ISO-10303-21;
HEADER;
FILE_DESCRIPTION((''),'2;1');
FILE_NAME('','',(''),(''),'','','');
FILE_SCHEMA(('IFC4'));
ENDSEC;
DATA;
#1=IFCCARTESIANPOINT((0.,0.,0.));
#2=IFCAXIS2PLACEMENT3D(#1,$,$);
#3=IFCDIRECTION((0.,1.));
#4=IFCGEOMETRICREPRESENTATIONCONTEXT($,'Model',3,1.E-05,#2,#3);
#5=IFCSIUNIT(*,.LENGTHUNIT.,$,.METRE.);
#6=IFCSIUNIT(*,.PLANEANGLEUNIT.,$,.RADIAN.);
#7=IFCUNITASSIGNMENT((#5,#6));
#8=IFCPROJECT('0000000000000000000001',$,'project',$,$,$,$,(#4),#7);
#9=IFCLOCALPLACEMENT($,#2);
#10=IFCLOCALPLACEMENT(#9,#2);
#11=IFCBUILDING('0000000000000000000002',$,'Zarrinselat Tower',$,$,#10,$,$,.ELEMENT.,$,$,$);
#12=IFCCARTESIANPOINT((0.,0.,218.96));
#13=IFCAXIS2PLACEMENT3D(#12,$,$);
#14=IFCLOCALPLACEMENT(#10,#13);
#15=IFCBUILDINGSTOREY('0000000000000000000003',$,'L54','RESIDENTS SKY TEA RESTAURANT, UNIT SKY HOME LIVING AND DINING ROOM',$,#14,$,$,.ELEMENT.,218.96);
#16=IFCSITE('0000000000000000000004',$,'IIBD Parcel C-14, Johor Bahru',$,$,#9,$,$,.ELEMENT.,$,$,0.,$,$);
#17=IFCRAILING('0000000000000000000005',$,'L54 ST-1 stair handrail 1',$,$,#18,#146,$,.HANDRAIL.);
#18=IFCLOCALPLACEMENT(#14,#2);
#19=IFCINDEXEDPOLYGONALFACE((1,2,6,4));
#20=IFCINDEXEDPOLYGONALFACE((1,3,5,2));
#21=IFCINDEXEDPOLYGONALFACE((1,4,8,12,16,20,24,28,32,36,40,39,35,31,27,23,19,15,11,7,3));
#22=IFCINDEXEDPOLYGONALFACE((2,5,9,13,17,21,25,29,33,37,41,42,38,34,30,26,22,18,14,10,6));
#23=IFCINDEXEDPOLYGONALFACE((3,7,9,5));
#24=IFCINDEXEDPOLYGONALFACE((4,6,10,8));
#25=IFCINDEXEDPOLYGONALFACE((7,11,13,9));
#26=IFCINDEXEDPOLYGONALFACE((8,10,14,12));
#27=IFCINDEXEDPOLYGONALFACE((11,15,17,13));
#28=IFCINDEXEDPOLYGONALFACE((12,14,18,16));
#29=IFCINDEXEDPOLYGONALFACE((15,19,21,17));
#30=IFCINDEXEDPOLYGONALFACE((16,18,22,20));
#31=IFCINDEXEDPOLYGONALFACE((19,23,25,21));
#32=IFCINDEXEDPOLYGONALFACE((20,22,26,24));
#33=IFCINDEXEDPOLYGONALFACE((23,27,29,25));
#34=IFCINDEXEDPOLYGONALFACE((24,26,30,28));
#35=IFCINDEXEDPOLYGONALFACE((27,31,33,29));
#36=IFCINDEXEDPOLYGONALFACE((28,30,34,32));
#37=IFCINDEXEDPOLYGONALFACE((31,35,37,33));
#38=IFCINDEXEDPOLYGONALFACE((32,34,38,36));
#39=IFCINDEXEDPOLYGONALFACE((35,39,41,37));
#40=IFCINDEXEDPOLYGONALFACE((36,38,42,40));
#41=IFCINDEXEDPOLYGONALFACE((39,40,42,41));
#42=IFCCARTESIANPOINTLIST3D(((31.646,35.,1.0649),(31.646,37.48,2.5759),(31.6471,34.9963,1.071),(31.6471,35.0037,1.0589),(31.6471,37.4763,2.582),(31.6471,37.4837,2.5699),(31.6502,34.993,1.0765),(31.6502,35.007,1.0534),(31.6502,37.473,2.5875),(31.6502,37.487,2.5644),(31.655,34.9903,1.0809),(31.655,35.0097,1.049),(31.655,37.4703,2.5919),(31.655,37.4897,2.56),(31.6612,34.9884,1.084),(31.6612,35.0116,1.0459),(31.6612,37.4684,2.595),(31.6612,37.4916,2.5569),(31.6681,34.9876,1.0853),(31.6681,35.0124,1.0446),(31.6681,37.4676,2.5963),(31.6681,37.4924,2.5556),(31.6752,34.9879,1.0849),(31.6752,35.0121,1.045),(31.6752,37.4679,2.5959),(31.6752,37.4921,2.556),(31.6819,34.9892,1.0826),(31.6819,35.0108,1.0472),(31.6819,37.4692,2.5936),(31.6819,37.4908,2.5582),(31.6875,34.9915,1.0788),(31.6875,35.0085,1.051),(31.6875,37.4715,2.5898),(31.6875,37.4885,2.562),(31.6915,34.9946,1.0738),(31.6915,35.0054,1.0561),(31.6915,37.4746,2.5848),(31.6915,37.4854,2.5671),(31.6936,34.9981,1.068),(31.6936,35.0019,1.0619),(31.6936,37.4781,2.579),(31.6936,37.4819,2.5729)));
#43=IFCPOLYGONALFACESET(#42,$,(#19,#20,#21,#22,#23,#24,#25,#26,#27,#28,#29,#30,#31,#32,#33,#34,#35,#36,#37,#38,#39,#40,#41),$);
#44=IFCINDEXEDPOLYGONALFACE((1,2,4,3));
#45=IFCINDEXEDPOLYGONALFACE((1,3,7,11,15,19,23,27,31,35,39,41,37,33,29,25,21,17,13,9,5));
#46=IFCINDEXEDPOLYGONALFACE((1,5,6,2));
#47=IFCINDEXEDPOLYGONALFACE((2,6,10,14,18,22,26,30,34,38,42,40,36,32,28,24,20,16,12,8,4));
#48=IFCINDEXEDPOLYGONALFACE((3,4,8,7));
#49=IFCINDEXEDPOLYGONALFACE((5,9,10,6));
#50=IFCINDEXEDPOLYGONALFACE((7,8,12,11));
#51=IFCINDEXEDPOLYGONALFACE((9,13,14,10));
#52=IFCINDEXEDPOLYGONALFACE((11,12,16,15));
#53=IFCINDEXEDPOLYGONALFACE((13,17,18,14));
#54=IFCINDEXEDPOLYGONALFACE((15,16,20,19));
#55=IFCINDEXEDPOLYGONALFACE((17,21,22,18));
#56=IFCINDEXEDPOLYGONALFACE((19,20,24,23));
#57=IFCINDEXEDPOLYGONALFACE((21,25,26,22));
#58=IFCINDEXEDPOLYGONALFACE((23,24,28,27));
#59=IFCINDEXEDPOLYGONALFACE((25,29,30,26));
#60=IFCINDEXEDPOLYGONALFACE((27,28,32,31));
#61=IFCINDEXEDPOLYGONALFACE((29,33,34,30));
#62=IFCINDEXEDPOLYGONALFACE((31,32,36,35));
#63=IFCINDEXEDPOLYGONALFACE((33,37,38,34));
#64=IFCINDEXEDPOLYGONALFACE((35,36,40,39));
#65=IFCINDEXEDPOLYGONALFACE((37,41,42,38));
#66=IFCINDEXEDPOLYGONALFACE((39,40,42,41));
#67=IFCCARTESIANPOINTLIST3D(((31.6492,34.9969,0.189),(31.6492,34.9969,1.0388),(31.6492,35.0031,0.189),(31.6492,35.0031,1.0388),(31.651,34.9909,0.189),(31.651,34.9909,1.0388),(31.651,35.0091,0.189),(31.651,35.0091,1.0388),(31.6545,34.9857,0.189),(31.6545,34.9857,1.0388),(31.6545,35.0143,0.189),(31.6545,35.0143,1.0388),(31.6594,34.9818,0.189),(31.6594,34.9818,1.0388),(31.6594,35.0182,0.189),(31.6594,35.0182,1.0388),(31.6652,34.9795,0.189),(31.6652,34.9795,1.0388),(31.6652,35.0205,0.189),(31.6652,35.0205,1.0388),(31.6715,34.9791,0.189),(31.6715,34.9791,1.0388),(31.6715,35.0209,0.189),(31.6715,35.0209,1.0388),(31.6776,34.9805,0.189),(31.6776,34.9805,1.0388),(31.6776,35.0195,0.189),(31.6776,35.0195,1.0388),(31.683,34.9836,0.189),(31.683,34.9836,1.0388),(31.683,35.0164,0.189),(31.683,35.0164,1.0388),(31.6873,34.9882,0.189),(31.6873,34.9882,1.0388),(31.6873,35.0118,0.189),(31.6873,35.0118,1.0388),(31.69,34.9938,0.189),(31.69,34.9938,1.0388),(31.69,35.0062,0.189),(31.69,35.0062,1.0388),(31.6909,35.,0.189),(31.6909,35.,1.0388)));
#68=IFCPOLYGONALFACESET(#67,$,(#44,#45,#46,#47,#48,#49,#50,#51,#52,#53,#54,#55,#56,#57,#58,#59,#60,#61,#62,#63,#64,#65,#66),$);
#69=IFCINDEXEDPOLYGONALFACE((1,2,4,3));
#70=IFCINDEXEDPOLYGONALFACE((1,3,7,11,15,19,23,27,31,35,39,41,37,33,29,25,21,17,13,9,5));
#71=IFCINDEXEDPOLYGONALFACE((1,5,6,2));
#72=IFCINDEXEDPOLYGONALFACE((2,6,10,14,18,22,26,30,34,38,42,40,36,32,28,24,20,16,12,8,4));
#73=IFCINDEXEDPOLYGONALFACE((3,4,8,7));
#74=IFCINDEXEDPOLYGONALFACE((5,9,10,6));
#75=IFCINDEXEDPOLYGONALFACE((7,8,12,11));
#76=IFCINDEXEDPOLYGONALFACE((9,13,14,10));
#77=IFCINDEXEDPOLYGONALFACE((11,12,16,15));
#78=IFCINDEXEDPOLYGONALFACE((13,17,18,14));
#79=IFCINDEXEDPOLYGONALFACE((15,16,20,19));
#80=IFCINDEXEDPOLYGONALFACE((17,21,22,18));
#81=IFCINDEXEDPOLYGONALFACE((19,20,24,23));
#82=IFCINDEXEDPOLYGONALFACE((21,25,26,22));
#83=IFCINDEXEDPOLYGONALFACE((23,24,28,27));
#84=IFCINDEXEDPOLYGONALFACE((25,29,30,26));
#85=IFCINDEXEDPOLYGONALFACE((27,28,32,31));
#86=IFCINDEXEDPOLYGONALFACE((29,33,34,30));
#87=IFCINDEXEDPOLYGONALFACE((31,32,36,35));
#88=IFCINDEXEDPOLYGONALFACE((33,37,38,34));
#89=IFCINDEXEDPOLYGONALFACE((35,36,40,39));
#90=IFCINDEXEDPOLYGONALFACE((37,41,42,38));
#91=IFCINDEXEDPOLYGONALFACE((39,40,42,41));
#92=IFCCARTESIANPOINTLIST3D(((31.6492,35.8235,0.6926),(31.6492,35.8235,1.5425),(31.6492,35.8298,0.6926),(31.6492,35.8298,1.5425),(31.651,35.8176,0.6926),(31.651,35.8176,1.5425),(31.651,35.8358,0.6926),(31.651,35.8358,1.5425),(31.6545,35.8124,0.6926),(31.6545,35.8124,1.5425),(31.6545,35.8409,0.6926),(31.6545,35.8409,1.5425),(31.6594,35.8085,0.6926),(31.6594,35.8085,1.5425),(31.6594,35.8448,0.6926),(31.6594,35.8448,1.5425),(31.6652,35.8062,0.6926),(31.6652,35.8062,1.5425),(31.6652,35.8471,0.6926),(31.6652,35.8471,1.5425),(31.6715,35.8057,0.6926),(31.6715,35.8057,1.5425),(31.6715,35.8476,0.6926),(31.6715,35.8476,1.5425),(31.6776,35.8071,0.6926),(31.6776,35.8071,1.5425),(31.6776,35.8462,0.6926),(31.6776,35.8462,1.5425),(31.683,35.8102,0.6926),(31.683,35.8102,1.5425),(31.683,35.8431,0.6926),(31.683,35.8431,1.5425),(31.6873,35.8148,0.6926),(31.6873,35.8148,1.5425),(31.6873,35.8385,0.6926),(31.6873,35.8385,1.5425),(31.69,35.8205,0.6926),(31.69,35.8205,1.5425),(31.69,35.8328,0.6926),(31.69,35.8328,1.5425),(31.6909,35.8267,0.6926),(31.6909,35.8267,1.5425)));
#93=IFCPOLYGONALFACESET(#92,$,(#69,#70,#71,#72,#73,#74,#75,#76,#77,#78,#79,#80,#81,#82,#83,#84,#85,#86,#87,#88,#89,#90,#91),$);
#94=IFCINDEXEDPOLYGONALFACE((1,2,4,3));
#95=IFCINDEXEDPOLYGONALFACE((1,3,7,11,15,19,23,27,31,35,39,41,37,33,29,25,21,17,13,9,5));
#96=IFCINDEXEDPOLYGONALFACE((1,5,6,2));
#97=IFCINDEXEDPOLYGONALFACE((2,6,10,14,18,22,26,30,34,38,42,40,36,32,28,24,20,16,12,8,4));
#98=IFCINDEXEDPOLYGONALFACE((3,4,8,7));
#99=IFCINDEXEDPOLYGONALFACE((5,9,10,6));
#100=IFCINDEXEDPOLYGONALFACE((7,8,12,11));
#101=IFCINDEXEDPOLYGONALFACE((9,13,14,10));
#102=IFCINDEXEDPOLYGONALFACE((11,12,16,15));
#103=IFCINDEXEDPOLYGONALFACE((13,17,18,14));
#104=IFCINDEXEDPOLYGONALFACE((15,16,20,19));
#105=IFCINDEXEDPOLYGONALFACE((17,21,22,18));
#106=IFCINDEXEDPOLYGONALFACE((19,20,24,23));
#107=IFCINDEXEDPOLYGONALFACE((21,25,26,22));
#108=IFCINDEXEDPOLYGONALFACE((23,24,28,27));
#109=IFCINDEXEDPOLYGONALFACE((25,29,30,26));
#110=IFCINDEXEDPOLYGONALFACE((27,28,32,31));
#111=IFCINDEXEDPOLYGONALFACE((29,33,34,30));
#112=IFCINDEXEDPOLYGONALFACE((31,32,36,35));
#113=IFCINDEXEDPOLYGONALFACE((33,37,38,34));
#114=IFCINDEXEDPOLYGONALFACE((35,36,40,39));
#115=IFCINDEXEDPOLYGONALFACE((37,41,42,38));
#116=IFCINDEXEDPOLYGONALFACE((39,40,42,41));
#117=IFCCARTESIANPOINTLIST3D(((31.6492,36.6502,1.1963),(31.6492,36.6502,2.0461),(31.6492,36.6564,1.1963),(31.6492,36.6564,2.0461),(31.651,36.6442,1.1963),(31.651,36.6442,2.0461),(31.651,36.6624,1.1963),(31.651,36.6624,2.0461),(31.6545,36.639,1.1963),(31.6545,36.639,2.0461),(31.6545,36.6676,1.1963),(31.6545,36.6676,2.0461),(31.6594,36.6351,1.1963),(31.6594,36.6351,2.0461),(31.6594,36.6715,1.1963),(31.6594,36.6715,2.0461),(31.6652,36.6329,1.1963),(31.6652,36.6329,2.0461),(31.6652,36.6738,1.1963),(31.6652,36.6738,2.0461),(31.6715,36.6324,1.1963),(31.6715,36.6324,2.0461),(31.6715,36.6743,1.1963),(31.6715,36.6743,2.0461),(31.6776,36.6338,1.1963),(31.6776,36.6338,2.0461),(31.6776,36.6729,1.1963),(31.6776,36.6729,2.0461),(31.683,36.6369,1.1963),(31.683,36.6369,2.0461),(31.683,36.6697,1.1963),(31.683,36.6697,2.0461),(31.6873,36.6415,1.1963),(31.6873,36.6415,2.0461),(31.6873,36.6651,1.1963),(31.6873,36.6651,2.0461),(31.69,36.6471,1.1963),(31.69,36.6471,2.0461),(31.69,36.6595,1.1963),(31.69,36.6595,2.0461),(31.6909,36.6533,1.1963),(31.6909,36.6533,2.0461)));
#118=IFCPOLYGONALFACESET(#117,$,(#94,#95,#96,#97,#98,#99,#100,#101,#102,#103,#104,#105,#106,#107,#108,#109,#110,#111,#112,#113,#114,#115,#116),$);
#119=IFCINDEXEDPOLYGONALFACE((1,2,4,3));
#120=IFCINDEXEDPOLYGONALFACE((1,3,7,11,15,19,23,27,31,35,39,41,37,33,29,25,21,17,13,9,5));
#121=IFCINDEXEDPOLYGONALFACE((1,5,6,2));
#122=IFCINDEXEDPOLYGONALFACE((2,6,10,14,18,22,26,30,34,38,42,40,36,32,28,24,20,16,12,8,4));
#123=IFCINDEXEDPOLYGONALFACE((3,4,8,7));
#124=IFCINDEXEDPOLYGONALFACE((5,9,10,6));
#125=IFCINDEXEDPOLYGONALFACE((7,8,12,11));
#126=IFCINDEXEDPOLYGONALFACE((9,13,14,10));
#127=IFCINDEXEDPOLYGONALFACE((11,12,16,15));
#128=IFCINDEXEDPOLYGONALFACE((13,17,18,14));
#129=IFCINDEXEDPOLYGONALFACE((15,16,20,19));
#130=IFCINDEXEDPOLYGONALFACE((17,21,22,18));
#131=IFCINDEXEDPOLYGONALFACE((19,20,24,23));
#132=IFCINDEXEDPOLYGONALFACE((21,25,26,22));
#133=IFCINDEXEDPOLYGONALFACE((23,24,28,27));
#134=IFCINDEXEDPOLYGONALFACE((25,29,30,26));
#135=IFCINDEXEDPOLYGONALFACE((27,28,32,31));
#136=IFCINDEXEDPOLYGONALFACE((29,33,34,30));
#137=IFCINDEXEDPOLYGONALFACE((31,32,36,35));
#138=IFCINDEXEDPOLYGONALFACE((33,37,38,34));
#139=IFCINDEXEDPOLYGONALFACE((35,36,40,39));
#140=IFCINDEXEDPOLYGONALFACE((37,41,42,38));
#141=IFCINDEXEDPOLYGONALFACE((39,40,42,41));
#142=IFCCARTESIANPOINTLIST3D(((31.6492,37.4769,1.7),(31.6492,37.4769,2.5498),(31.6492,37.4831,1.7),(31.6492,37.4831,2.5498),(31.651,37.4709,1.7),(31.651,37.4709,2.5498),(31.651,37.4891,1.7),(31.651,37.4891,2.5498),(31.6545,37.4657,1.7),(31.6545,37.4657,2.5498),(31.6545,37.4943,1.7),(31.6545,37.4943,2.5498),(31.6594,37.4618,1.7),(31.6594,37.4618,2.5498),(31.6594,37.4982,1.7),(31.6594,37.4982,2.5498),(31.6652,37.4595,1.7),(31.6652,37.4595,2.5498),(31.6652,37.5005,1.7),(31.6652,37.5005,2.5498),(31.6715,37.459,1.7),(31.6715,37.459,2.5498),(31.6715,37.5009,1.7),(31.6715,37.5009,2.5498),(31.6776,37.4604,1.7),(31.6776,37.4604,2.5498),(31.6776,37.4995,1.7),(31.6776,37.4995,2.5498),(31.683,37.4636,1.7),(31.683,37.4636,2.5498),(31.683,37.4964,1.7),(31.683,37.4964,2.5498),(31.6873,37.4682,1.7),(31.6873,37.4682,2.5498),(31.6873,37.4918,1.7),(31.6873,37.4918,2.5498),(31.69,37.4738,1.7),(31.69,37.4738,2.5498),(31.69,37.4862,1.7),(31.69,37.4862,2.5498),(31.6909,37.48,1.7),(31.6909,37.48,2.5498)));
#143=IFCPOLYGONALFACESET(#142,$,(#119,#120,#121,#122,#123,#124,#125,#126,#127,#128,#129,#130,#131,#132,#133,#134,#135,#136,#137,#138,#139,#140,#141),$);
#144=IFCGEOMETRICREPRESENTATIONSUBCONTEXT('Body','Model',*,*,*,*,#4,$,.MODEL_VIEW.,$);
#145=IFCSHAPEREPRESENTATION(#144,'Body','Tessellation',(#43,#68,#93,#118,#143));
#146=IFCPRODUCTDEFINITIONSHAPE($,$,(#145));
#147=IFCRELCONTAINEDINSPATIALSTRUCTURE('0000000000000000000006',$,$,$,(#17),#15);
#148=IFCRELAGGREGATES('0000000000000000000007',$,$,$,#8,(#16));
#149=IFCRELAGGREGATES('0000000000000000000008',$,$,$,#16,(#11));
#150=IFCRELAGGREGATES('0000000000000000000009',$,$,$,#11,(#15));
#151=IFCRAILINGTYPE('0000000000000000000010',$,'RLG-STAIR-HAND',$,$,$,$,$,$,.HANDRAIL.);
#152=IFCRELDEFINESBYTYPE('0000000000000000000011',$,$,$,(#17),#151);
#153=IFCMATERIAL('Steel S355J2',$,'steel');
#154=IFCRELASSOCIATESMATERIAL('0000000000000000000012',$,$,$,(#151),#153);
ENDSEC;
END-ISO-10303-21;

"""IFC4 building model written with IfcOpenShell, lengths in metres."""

from ifc_helpers import new_model, si_unit, direction, frame, origin, origin_2d, place, context, subcontext, project, spatial, circle, extrude, material, type_object, element, save


model = new_model("IFC4")

# Units and contexts
model_context = context("Model", 3, precision=1e-05, world=origin(), true_north=direction((0.0, 1.0)))
body_context = subcontext(model_context, "Body", "Model", "MODEL_VIEW")
ifc_project = project(units=[si_unit("LENGTHUNIT", "METRE"), si_unit("PLANEANGLEUNIT", "RADIAN")], contexts=[model_context])

# Site, building, storey
site_placement = place(None, origin())
site = spatial("IfcSite", under=ifc_project, at=site_placement, Name="IIBD Parcel C-14, Johor Bahru", CompositionType="ELEMENT", RefElevation=0.0)
building_placement = place(site_placement, origin())
building = spatial("IfcBuilding", under=site, at=building_placement, Name="Zarrinselat Tower", CompositionType="ELEMENT")
storey_placement = place(building_placement, frame((0.0, 0.0, 218.96)))
storey = spatial("IfcBuildingStorey", under=building, at=storey_placement, Name="L54", Description="RESIDENTS SKY TEA RESTAURANT, UNIT SKY HOME LIVING AND DINING ROOM", CompositionType="ELEMENT", Elevation=218.96)

# Railing
ifc_material_1 = material(Name="Steel S355J2", Category="steel")
railing_type_1 = type_object("IfcRailingType", Name="RLG-STAIR-HAND", PredefinedType="HANDRAIL", material=ifc_material_1)
railing_1_placement = place(storey_placement, frame((31.6699, 35.0, 0.189)))
element("IfcRailing", 1, at=railing_1_placement, inside=storey, type_object=railing_type_1, Name="L54 ST-1 stair handrail 1", PredefinedType="HANDRAIL", context=body_context, shape_type="SweptSolid", body=[
    extrude(circle(Radius=0.0239, at=origin_2d()), frame((0.0, 0.0, 0.876), z_axis=(0.0, 0.853979, 0.520307), x_axis=(-1.0, 0.0, 0.0)), (0.0, 0.0, 1.0), 2.9041),
    extrude(circle(Radius=0.021, at=origin_2d()), origin(), (0.0, 0.0, 1.0), 0.8499),
    extrude(circle(Radius=0.021, at=origin_2d()), frame((0.0, 0.8267, 0.5037)), (0.0, 0.0, 1.0), 0.8499),
    extrude(circle(Radius=0.021, at=origin_2d()), frame((0.0, 1.6533, 1.0073)), (0.0, 0.0, 1.0), 0.8499),
    extrude(circle(Radius=0.021, at=origin_2d()), frame((0.0, 2.48, 1.511)), (0.0, 0.0, 1.0), 0.8499),
])

save(model, "model.ifc")
